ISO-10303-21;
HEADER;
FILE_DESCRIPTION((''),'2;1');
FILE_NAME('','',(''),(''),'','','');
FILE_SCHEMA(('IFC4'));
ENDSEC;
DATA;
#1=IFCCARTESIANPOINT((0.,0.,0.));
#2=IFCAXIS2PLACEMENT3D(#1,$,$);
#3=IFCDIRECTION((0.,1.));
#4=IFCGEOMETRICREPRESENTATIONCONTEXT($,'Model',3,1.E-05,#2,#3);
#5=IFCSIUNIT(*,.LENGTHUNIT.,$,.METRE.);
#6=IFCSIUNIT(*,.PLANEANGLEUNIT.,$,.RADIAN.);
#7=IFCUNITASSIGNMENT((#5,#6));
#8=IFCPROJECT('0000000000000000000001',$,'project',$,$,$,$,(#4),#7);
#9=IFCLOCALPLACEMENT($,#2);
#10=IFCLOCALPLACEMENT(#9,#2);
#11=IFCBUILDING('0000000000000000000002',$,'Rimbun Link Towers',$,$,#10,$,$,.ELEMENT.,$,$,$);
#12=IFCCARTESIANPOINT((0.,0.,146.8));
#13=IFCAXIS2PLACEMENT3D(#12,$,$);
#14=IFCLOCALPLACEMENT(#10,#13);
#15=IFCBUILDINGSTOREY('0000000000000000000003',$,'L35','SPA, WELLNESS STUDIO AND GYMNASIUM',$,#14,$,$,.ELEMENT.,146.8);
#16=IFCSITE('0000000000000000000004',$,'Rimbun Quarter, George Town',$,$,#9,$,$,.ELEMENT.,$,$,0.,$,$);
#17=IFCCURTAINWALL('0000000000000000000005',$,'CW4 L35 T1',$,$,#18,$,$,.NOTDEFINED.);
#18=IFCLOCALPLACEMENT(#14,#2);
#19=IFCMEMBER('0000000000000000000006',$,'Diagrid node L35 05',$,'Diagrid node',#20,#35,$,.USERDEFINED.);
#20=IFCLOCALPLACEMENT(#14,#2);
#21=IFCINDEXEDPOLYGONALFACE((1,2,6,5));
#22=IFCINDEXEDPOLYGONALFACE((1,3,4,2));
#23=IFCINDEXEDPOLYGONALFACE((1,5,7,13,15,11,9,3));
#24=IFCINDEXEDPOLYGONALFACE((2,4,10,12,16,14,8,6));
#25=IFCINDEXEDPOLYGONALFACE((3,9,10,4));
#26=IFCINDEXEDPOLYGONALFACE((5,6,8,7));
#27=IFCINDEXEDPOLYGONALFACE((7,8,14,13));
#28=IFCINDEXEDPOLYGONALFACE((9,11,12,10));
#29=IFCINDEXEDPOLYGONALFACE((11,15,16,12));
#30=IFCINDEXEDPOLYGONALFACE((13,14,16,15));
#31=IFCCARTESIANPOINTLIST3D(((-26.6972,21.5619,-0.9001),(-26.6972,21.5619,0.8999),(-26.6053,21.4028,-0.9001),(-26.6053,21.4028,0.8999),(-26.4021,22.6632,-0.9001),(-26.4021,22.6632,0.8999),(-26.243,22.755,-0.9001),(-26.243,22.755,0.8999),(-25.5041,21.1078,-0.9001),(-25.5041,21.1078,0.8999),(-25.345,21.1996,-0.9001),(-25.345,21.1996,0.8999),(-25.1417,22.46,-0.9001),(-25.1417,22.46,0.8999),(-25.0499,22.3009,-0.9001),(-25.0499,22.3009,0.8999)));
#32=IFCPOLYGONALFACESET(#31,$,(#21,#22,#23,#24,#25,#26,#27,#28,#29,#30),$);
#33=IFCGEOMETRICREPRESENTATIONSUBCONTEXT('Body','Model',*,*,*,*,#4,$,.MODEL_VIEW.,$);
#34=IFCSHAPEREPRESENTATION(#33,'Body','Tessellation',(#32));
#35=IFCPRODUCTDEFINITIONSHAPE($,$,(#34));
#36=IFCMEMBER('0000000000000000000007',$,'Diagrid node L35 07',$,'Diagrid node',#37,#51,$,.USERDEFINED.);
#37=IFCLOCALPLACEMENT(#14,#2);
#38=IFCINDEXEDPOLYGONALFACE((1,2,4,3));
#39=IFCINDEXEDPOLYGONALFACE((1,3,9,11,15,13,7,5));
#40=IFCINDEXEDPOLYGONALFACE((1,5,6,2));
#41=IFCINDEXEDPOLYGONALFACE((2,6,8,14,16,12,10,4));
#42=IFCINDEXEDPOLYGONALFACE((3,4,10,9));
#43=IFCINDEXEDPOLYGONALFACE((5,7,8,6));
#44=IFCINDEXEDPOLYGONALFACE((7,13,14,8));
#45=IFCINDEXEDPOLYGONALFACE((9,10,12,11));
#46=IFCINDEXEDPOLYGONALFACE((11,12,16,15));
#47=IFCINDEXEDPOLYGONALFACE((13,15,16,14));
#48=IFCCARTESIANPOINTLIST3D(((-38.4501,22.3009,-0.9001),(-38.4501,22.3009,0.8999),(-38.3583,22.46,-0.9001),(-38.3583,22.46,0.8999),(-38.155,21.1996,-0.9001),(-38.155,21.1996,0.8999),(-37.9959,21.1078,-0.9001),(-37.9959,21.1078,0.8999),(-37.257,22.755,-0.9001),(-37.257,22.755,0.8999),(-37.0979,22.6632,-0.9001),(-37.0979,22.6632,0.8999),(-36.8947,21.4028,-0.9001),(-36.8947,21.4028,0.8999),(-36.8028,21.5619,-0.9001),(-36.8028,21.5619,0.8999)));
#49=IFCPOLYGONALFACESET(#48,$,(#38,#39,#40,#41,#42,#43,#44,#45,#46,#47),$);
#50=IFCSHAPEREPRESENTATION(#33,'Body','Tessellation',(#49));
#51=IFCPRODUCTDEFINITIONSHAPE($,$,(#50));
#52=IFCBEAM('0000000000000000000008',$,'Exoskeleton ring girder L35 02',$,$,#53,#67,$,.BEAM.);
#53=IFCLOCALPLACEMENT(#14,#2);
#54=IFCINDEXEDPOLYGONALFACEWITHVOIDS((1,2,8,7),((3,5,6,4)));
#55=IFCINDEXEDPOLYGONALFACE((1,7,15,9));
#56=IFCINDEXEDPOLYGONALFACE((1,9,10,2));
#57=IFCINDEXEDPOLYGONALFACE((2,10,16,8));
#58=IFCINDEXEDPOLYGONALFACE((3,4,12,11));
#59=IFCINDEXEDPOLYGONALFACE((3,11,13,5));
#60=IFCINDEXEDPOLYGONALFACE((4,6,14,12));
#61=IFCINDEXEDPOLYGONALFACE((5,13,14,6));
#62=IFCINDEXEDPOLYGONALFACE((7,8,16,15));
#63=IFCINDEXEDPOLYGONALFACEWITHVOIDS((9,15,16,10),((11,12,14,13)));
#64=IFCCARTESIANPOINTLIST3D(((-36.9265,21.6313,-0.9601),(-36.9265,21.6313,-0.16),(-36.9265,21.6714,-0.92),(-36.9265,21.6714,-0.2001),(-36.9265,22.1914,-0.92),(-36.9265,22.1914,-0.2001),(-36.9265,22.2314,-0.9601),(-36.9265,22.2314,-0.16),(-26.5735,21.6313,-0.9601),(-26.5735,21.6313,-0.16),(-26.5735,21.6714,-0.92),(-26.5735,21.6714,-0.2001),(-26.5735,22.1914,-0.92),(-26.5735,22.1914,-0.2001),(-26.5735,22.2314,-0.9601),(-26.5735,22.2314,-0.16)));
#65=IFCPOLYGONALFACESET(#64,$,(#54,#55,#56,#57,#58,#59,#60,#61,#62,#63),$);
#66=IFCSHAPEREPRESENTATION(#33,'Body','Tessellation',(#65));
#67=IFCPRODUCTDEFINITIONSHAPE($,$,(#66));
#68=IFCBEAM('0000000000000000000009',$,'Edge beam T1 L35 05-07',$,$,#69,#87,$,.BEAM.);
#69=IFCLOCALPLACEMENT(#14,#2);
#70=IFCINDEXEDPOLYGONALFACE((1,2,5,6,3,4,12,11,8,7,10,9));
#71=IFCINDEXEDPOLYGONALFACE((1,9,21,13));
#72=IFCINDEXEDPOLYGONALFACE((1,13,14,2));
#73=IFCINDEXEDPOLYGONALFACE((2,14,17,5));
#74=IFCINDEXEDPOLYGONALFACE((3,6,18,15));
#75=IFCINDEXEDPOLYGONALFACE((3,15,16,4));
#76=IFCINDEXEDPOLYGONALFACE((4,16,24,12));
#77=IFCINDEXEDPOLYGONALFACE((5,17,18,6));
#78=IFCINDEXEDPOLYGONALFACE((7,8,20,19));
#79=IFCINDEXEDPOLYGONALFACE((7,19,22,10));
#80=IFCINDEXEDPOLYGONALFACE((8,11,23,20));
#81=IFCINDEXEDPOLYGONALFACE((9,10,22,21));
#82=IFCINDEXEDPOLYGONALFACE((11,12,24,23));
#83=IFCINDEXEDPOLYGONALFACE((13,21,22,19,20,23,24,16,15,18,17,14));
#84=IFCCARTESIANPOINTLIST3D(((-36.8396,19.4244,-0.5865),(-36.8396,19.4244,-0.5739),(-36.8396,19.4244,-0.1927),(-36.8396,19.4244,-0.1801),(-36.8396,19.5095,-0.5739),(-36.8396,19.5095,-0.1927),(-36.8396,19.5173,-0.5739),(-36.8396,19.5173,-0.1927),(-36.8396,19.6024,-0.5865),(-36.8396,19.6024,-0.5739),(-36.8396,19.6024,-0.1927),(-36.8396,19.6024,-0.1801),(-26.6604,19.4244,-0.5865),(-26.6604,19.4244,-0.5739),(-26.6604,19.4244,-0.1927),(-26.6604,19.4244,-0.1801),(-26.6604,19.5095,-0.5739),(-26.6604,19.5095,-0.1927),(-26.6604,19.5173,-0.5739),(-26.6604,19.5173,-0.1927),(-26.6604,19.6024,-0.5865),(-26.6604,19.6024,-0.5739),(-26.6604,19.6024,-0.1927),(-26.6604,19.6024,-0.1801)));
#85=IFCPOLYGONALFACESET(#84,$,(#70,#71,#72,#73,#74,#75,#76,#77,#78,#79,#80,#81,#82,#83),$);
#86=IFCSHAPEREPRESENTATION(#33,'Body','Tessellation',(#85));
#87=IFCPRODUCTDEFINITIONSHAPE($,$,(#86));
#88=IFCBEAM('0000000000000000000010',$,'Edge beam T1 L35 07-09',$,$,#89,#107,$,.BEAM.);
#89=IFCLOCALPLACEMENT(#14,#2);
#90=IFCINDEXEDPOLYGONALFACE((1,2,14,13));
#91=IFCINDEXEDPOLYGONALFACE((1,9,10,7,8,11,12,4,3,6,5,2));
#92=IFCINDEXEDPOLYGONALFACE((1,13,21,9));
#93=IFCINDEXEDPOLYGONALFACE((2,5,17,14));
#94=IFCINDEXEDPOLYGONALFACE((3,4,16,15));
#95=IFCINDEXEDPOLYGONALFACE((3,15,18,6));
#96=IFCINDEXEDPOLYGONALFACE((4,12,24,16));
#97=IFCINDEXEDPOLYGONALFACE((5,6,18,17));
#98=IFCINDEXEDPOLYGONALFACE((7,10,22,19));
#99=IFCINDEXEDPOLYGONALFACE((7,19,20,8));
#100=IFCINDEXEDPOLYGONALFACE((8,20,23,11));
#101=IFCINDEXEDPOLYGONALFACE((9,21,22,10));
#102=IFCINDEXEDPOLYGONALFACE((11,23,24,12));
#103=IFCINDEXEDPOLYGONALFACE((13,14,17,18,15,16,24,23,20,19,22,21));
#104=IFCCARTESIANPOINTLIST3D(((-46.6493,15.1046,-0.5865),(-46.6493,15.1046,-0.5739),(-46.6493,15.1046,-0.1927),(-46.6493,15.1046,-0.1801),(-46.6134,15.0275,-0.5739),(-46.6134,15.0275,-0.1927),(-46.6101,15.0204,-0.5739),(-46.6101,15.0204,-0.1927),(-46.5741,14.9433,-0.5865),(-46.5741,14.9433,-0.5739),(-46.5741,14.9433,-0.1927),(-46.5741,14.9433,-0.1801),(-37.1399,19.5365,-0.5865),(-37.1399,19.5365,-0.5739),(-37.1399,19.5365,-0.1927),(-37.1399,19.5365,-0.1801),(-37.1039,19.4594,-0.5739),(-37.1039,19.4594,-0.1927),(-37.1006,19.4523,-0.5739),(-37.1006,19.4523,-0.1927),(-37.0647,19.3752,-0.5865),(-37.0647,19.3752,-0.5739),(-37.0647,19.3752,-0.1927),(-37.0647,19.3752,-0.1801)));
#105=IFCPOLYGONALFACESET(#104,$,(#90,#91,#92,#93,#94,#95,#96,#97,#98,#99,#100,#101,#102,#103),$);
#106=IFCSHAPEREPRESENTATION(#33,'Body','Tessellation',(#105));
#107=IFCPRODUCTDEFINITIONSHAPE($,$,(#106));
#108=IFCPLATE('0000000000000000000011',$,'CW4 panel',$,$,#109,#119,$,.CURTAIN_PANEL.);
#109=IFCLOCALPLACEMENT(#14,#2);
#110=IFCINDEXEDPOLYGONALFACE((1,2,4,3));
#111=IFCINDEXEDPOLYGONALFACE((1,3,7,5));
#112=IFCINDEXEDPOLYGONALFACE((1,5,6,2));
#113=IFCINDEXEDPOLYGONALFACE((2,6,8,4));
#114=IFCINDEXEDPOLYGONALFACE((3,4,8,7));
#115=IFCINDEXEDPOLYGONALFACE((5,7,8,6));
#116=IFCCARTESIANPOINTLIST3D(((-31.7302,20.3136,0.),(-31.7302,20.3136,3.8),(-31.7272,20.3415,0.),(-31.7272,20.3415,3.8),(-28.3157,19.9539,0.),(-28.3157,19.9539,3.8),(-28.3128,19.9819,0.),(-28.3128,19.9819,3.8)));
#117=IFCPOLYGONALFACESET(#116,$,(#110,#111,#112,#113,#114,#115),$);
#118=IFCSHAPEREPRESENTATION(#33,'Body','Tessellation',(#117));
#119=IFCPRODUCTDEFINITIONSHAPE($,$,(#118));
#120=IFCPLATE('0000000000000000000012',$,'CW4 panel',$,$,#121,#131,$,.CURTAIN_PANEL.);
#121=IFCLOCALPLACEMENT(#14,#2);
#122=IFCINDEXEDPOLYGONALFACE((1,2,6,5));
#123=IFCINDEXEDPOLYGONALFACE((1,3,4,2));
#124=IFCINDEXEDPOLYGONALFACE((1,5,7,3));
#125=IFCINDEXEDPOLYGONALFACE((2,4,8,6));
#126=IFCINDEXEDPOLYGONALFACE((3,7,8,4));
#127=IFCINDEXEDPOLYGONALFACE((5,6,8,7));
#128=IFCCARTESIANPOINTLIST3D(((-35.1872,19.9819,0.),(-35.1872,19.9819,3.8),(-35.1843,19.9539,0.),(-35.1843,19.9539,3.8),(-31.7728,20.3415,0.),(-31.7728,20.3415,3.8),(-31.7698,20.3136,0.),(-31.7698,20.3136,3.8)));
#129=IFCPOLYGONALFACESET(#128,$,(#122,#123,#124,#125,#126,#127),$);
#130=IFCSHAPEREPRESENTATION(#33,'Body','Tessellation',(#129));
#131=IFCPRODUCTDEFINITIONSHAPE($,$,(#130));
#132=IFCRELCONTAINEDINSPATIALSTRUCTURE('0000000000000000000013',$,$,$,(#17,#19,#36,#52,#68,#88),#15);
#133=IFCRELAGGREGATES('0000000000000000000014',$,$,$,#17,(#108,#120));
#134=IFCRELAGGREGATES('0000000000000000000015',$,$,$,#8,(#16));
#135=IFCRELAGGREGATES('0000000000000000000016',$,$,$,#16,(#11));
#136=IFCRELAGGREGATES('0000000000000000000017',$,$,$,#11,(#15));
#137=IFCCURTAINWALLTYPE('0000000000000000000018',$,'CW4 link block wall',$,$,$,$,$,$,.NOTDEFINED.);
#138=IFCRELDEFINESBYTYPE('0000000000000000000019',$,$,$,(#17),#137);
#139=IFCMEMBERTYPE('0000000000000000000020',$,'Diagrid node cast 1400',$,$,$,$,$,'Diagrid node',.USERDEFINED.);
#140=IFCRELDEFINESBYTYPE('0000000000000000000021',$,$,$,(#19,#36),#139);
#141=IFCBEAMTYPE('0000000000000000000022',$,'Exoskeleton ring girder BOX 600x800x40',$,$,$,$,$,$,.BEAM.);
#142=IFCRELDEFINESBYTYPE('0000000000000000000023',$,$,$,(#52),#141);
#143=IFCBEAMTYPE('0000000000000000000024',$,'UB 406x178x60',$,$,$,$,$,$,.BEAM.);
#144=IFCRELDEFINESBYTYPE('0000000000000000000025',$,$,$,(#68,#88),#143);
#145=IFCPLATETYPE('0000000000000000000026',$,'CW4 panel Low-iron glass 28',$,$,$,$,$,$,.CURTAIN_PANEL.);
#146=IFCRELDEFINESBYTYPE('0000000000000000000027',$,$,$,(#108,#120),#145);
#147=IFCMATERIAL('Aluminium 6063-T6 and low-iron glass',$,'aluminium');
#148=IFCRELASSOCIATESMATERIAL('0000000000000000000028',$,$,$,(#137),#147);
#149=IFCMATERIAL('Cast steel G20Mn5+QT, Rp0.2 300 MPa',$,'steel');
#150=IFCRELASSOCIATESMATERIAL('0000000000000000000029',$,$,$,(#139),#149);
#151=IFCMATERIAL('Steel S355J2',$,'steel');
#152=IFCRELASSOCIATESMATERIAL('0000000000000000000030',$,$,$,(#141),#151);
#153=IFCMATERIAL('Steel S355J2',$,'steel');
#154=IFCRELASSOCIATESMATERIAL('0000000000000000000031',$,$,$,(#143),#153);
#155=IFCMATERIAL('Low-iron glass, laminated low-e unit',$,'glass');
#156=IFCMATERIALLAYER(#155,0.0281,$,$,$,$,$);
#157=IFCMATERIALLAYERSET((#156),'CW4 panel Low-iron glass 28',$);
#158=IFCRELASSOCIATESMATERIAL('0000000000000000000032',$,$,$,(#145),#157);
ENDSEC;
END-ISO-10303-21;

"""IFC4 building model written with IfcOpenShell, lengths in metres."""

from ifc_helpers import new_model, si_unit, direction, frame, origin, origin_2d, place, context, subcontext, project, spatial, polyline, rectangle, hollow_rectangle, i_section, outline, extrude, material, layer, layer_set, material_profile, profile_set, type_object, element, aggregate, save


model = new_model("IFC4")

# Units and contexts
model_context = context("Model", 3, precision=1e-05, world=origin(), true_north=direction((0.0, 1.0)))
body_context = subcontext(model_context, "Body", "Model", "MODEL_VIEW")
ifc_project = project(units=[si_unit("LENGTHUNIT", "METRE"), si_unit("PLANEANGLEUNIT", "RADIAN")], contexts=[model_context])

# Site, building, storey
site_placement = place(None, origin())
site = spatial("IfcSite", under=ifc_project, at=site_placement, Name="Rimbun Quarter, George Town", CompositionType="ELEMENT", RefElevation=0.0)
building_placement = place(site_placement, origin())
building = spatial("IfcBuilding", under=site, at=building_placement, Name="Rimbun Link Towers", CompositionType="ELEMENT")
storey_placement = place(building_placement, frame((0.0, 0.0, 146.8)))
storey = spatial("IfcBuildingStorey", under=building, at=storey_placement, Name="L35", Description="SPA, WELLNESS STUDIO AND GYMNASIUM", CompositionType="ELEMENT", Elevation=146.8)

# Curtain wall
ifc_material_1 = material(Name="Aluminium 6063-T6 and low-iron glass", Category="aluminium")
curtain_wall_type = type_object("IfcCurtainWallType", Name="CW4 link block wall", PredefinedType="NOTDEFINED", material=ifc_material_1)
curtain_wall_placement = place(storey_placement, origin())
curtain_wall = element("IfcCurtainWall", 1, at=curtain_wall_placement, inside=storey, type_object=curtain_wall_type, Name="CW4 L35 T1", PredefinedType="NOTDEFINED")

# Members
ifc_material_2 = material(Name="Cast steel G20Mn5+QT, Rp0.2 300 MPa", Category="steel")
ifc_material_profile_1 = material_profile(ifc_material_2, outline(polyline([(0.7, -0.5701), (0.7, 0.5701), (0.5701, 0.7), (-0.5701, 0.7), (-0.7, 0.5701), (-0.7, -0.5701), (-0.5701, -0.7), (0.5701, -0.7), (0.7, -0.5701)])), Name="NODE 1400x1400")
ifc_profile_set_1 = profile_set([ifc_material_profile_1], Name="Cast steel G20Mn5+QT, Rp0.2 300 MPa")
member_type_1 = type_object("IfcMemberType", Name="Diagrid node cast 1400", ElementType="Diagrid node", PredefinedType="USERDEFINED", material=ifc_profile_set_1)
for number, where, z_axis, x_axis, name in (
    (2, (-25.8735, 21.9314, -0.9001), (0.0, 0.0, 1.0), (0.258819, 0.965926, 0.0), "Diagrid node L35 05"),
    (3, (-37.6265, 21.9314, -0.9001), (0.0, 0.0, 1.0), (-0.258819, 0.965926, 0.0), "Diagrid node L35 07"),
):
    element("IfcMember", number, at=place(storey_placement, frame(where, z_axis=z_axis, x_axis=x_axis)), inside=storey, type_object=member_type_1, Name=name, ObjectType="Diagrid node", PredefinedType="USERDEFINED", context=body_context, shape_type="SweptSolid", body=[
        extrude(outline(polyline([(0.7, -0.5701), (0.7, 0.5701), (0.5701, 0.7), (-0.5701, 0.7), (-0.7, 0.5701), (-0.7, -0.5701), (-0.5701, -0.7), (0.5701, -0.7), (0.7, -0.5701)])), origin(), (0.0, 0.0, 1.0), 1.8),
    ])

# Beams
ifc_material_3 = material(Name="Steel S355J2", Category="steel")
ifc_material_profile_2 = material_profile(ifc_material_3, hollow_rectangle(XDim=0.6001, YDim=0.8, WallThickness=0.04, at=origin_2d()), Name="Exoskeleton ring girder BOX 600x800x40")
ifc_profile_set_2 = profile_set([ifc_material_profile_2], Name="Steel S355J2")
beam_type_1 = type_object("IfcBeamType", Name="Exoskeleton ring girder BOX 600x800x40", PredefinedType="BEAM", material=ifc_profile_set_2)
beam_1_placement = place(storey_placement, frame((-26.5735, 21.9314, -0.5601), z_axis=(-1.0, 0.0, 0.0), x_axis=(0.0, -1.0, 0.0)))
element("IfcBeam", 4, at=beam_1_placement, inside=storey, type_object=beam_type_1, Name="Exoskeleton ring girder L35 02", PredefinedType="BEAM", context=body_context, shape_type="SweptSolid", body=[
    extrude(hollow_rectangle(XDim=0.6001, YDim=0.8, WallThickness=0.04, at=origin_2d()), origin(), (0.0, 0.0, 1.0), 10.353),
])
ifc_material_4 = material(Name="Steel S355J2", Category="steel")
ifc_material_profile_3 = material_profile(ifc_material_4, i_section(OverallWidth=0.178, OverallDepth=0.4065, WebThickness=0.0078, FlangeThickness=0.0127, at=origin_2d()), Name="UB 406x178x60")
ifc_profile_set_3 = profile_set([ifc_material_profile_3], Name="Steel S355J2")
beam_type_2 = type_object("IfcBeamType", Name="UB 406x178x60", PredefinedType="BEAM", material=ifc_profile_set_3)
beam_2_placement = place(storey_placement, frame((-26.6604, 19.5134, -0.3833), z_axis=(-1.0, 0.0, 0.0), x_axis=(0.0, -1.0, 0.0)))
element("IfcBeam", 5, at=beam_2_placement, inside=storey, type_object=beam_type_2, Name="Edge beam T1 L35 05-07", PredefinedType="BEAM", context=body_context, shape_type="SweptSolid", body=[
    extrude(i_section(OverallWidth=0.178, OverallDepth=0.4065, WebThickness=0.0078, FlangeThickness=0.0127, at=origin_2d()), origin(), (0.0, 0.0, 1.0), 10.1792),
])
beam_3_placement = place(storey_placement, frame((-37.1023, 19.4558, -0.3833), z_axis=(-0.906398, -0.422424, 0.0), x_axis=(0.422424, -0.906398, 0.0)))
element("IfcBeam", 6, at=beam_3_placement, inside=storey, type_object=beam_type_2, Name="Edge beam T1 L35 07-09", PredefinedType="BEAM", context=body_context, shape_type="SweptSolid", body=[
    extrude(i_section(OverallWidth=0.178, OverallDepth=0.4065, WebThickness=0.0078, FlangeThickness=0.0127, at=origin_2d()), origin(), (0.0, 0.0, 1.0), 10.4915),
])

# Plates
ifc_material_5 = material(Name="Low-iron glass, laminated low-e unit", Category="glass")
ifc_layer = layer(ifc_material_5, 0.0281)
ifc_layer_set = layer_set([ifc_layer], Name="CW4 panel Low-iron glass 28")
plate_type = type_object("IfcPlateType", Name="CW4 panel Low-iron glass 28", PredefinedType="CURTAIN_PANEL", material=ifc_layer_set)
plate_1_placement = place(storey_placement, frame((-30.0215, 20.1477, 0.0), z_axis=(0.0, 0.0, 1.0), x_axis=(0.994499, -0.104745, 0.0)))
plate_1 = element("IfcPlate", 7, at=plate_1_placement, type_object=plate_type, Name="CW4 panel", PredefinedType="CURTAIN_PANEL", context=body_context, shape_type="SweptSolid", body=[
    extrude(rectangle(XDim=3.4333, YDim=0.0281, at=origin_2d()), origin(), (0.0, 0.0, 1.0), 3.8),
])
plate_2_placement = place(storey_placement, frame((-33.4785, 20.1477, 0.0), z_axis=(0.0, 0.0, 1.0), x_axis=(0.994499, 0.104745, 0.0)))
plate_2 = element("IfcPlate", 8, at=plate_2_placement, type_object=plate_type, Name="CW4 panel", PredefinedType="CURTAIN_PANEL", context=body_context, shape_type="SweptSolid", body=[
    extrude(rectangle(XDim=3.4333, YDim=0.0281, at=origin_2d()), origin(), (0.0, 0.0, 1.0), 3.8),
])
aggregate(curtain_wall, [plate_1, plate_2])

save(model, "model.ifc")
